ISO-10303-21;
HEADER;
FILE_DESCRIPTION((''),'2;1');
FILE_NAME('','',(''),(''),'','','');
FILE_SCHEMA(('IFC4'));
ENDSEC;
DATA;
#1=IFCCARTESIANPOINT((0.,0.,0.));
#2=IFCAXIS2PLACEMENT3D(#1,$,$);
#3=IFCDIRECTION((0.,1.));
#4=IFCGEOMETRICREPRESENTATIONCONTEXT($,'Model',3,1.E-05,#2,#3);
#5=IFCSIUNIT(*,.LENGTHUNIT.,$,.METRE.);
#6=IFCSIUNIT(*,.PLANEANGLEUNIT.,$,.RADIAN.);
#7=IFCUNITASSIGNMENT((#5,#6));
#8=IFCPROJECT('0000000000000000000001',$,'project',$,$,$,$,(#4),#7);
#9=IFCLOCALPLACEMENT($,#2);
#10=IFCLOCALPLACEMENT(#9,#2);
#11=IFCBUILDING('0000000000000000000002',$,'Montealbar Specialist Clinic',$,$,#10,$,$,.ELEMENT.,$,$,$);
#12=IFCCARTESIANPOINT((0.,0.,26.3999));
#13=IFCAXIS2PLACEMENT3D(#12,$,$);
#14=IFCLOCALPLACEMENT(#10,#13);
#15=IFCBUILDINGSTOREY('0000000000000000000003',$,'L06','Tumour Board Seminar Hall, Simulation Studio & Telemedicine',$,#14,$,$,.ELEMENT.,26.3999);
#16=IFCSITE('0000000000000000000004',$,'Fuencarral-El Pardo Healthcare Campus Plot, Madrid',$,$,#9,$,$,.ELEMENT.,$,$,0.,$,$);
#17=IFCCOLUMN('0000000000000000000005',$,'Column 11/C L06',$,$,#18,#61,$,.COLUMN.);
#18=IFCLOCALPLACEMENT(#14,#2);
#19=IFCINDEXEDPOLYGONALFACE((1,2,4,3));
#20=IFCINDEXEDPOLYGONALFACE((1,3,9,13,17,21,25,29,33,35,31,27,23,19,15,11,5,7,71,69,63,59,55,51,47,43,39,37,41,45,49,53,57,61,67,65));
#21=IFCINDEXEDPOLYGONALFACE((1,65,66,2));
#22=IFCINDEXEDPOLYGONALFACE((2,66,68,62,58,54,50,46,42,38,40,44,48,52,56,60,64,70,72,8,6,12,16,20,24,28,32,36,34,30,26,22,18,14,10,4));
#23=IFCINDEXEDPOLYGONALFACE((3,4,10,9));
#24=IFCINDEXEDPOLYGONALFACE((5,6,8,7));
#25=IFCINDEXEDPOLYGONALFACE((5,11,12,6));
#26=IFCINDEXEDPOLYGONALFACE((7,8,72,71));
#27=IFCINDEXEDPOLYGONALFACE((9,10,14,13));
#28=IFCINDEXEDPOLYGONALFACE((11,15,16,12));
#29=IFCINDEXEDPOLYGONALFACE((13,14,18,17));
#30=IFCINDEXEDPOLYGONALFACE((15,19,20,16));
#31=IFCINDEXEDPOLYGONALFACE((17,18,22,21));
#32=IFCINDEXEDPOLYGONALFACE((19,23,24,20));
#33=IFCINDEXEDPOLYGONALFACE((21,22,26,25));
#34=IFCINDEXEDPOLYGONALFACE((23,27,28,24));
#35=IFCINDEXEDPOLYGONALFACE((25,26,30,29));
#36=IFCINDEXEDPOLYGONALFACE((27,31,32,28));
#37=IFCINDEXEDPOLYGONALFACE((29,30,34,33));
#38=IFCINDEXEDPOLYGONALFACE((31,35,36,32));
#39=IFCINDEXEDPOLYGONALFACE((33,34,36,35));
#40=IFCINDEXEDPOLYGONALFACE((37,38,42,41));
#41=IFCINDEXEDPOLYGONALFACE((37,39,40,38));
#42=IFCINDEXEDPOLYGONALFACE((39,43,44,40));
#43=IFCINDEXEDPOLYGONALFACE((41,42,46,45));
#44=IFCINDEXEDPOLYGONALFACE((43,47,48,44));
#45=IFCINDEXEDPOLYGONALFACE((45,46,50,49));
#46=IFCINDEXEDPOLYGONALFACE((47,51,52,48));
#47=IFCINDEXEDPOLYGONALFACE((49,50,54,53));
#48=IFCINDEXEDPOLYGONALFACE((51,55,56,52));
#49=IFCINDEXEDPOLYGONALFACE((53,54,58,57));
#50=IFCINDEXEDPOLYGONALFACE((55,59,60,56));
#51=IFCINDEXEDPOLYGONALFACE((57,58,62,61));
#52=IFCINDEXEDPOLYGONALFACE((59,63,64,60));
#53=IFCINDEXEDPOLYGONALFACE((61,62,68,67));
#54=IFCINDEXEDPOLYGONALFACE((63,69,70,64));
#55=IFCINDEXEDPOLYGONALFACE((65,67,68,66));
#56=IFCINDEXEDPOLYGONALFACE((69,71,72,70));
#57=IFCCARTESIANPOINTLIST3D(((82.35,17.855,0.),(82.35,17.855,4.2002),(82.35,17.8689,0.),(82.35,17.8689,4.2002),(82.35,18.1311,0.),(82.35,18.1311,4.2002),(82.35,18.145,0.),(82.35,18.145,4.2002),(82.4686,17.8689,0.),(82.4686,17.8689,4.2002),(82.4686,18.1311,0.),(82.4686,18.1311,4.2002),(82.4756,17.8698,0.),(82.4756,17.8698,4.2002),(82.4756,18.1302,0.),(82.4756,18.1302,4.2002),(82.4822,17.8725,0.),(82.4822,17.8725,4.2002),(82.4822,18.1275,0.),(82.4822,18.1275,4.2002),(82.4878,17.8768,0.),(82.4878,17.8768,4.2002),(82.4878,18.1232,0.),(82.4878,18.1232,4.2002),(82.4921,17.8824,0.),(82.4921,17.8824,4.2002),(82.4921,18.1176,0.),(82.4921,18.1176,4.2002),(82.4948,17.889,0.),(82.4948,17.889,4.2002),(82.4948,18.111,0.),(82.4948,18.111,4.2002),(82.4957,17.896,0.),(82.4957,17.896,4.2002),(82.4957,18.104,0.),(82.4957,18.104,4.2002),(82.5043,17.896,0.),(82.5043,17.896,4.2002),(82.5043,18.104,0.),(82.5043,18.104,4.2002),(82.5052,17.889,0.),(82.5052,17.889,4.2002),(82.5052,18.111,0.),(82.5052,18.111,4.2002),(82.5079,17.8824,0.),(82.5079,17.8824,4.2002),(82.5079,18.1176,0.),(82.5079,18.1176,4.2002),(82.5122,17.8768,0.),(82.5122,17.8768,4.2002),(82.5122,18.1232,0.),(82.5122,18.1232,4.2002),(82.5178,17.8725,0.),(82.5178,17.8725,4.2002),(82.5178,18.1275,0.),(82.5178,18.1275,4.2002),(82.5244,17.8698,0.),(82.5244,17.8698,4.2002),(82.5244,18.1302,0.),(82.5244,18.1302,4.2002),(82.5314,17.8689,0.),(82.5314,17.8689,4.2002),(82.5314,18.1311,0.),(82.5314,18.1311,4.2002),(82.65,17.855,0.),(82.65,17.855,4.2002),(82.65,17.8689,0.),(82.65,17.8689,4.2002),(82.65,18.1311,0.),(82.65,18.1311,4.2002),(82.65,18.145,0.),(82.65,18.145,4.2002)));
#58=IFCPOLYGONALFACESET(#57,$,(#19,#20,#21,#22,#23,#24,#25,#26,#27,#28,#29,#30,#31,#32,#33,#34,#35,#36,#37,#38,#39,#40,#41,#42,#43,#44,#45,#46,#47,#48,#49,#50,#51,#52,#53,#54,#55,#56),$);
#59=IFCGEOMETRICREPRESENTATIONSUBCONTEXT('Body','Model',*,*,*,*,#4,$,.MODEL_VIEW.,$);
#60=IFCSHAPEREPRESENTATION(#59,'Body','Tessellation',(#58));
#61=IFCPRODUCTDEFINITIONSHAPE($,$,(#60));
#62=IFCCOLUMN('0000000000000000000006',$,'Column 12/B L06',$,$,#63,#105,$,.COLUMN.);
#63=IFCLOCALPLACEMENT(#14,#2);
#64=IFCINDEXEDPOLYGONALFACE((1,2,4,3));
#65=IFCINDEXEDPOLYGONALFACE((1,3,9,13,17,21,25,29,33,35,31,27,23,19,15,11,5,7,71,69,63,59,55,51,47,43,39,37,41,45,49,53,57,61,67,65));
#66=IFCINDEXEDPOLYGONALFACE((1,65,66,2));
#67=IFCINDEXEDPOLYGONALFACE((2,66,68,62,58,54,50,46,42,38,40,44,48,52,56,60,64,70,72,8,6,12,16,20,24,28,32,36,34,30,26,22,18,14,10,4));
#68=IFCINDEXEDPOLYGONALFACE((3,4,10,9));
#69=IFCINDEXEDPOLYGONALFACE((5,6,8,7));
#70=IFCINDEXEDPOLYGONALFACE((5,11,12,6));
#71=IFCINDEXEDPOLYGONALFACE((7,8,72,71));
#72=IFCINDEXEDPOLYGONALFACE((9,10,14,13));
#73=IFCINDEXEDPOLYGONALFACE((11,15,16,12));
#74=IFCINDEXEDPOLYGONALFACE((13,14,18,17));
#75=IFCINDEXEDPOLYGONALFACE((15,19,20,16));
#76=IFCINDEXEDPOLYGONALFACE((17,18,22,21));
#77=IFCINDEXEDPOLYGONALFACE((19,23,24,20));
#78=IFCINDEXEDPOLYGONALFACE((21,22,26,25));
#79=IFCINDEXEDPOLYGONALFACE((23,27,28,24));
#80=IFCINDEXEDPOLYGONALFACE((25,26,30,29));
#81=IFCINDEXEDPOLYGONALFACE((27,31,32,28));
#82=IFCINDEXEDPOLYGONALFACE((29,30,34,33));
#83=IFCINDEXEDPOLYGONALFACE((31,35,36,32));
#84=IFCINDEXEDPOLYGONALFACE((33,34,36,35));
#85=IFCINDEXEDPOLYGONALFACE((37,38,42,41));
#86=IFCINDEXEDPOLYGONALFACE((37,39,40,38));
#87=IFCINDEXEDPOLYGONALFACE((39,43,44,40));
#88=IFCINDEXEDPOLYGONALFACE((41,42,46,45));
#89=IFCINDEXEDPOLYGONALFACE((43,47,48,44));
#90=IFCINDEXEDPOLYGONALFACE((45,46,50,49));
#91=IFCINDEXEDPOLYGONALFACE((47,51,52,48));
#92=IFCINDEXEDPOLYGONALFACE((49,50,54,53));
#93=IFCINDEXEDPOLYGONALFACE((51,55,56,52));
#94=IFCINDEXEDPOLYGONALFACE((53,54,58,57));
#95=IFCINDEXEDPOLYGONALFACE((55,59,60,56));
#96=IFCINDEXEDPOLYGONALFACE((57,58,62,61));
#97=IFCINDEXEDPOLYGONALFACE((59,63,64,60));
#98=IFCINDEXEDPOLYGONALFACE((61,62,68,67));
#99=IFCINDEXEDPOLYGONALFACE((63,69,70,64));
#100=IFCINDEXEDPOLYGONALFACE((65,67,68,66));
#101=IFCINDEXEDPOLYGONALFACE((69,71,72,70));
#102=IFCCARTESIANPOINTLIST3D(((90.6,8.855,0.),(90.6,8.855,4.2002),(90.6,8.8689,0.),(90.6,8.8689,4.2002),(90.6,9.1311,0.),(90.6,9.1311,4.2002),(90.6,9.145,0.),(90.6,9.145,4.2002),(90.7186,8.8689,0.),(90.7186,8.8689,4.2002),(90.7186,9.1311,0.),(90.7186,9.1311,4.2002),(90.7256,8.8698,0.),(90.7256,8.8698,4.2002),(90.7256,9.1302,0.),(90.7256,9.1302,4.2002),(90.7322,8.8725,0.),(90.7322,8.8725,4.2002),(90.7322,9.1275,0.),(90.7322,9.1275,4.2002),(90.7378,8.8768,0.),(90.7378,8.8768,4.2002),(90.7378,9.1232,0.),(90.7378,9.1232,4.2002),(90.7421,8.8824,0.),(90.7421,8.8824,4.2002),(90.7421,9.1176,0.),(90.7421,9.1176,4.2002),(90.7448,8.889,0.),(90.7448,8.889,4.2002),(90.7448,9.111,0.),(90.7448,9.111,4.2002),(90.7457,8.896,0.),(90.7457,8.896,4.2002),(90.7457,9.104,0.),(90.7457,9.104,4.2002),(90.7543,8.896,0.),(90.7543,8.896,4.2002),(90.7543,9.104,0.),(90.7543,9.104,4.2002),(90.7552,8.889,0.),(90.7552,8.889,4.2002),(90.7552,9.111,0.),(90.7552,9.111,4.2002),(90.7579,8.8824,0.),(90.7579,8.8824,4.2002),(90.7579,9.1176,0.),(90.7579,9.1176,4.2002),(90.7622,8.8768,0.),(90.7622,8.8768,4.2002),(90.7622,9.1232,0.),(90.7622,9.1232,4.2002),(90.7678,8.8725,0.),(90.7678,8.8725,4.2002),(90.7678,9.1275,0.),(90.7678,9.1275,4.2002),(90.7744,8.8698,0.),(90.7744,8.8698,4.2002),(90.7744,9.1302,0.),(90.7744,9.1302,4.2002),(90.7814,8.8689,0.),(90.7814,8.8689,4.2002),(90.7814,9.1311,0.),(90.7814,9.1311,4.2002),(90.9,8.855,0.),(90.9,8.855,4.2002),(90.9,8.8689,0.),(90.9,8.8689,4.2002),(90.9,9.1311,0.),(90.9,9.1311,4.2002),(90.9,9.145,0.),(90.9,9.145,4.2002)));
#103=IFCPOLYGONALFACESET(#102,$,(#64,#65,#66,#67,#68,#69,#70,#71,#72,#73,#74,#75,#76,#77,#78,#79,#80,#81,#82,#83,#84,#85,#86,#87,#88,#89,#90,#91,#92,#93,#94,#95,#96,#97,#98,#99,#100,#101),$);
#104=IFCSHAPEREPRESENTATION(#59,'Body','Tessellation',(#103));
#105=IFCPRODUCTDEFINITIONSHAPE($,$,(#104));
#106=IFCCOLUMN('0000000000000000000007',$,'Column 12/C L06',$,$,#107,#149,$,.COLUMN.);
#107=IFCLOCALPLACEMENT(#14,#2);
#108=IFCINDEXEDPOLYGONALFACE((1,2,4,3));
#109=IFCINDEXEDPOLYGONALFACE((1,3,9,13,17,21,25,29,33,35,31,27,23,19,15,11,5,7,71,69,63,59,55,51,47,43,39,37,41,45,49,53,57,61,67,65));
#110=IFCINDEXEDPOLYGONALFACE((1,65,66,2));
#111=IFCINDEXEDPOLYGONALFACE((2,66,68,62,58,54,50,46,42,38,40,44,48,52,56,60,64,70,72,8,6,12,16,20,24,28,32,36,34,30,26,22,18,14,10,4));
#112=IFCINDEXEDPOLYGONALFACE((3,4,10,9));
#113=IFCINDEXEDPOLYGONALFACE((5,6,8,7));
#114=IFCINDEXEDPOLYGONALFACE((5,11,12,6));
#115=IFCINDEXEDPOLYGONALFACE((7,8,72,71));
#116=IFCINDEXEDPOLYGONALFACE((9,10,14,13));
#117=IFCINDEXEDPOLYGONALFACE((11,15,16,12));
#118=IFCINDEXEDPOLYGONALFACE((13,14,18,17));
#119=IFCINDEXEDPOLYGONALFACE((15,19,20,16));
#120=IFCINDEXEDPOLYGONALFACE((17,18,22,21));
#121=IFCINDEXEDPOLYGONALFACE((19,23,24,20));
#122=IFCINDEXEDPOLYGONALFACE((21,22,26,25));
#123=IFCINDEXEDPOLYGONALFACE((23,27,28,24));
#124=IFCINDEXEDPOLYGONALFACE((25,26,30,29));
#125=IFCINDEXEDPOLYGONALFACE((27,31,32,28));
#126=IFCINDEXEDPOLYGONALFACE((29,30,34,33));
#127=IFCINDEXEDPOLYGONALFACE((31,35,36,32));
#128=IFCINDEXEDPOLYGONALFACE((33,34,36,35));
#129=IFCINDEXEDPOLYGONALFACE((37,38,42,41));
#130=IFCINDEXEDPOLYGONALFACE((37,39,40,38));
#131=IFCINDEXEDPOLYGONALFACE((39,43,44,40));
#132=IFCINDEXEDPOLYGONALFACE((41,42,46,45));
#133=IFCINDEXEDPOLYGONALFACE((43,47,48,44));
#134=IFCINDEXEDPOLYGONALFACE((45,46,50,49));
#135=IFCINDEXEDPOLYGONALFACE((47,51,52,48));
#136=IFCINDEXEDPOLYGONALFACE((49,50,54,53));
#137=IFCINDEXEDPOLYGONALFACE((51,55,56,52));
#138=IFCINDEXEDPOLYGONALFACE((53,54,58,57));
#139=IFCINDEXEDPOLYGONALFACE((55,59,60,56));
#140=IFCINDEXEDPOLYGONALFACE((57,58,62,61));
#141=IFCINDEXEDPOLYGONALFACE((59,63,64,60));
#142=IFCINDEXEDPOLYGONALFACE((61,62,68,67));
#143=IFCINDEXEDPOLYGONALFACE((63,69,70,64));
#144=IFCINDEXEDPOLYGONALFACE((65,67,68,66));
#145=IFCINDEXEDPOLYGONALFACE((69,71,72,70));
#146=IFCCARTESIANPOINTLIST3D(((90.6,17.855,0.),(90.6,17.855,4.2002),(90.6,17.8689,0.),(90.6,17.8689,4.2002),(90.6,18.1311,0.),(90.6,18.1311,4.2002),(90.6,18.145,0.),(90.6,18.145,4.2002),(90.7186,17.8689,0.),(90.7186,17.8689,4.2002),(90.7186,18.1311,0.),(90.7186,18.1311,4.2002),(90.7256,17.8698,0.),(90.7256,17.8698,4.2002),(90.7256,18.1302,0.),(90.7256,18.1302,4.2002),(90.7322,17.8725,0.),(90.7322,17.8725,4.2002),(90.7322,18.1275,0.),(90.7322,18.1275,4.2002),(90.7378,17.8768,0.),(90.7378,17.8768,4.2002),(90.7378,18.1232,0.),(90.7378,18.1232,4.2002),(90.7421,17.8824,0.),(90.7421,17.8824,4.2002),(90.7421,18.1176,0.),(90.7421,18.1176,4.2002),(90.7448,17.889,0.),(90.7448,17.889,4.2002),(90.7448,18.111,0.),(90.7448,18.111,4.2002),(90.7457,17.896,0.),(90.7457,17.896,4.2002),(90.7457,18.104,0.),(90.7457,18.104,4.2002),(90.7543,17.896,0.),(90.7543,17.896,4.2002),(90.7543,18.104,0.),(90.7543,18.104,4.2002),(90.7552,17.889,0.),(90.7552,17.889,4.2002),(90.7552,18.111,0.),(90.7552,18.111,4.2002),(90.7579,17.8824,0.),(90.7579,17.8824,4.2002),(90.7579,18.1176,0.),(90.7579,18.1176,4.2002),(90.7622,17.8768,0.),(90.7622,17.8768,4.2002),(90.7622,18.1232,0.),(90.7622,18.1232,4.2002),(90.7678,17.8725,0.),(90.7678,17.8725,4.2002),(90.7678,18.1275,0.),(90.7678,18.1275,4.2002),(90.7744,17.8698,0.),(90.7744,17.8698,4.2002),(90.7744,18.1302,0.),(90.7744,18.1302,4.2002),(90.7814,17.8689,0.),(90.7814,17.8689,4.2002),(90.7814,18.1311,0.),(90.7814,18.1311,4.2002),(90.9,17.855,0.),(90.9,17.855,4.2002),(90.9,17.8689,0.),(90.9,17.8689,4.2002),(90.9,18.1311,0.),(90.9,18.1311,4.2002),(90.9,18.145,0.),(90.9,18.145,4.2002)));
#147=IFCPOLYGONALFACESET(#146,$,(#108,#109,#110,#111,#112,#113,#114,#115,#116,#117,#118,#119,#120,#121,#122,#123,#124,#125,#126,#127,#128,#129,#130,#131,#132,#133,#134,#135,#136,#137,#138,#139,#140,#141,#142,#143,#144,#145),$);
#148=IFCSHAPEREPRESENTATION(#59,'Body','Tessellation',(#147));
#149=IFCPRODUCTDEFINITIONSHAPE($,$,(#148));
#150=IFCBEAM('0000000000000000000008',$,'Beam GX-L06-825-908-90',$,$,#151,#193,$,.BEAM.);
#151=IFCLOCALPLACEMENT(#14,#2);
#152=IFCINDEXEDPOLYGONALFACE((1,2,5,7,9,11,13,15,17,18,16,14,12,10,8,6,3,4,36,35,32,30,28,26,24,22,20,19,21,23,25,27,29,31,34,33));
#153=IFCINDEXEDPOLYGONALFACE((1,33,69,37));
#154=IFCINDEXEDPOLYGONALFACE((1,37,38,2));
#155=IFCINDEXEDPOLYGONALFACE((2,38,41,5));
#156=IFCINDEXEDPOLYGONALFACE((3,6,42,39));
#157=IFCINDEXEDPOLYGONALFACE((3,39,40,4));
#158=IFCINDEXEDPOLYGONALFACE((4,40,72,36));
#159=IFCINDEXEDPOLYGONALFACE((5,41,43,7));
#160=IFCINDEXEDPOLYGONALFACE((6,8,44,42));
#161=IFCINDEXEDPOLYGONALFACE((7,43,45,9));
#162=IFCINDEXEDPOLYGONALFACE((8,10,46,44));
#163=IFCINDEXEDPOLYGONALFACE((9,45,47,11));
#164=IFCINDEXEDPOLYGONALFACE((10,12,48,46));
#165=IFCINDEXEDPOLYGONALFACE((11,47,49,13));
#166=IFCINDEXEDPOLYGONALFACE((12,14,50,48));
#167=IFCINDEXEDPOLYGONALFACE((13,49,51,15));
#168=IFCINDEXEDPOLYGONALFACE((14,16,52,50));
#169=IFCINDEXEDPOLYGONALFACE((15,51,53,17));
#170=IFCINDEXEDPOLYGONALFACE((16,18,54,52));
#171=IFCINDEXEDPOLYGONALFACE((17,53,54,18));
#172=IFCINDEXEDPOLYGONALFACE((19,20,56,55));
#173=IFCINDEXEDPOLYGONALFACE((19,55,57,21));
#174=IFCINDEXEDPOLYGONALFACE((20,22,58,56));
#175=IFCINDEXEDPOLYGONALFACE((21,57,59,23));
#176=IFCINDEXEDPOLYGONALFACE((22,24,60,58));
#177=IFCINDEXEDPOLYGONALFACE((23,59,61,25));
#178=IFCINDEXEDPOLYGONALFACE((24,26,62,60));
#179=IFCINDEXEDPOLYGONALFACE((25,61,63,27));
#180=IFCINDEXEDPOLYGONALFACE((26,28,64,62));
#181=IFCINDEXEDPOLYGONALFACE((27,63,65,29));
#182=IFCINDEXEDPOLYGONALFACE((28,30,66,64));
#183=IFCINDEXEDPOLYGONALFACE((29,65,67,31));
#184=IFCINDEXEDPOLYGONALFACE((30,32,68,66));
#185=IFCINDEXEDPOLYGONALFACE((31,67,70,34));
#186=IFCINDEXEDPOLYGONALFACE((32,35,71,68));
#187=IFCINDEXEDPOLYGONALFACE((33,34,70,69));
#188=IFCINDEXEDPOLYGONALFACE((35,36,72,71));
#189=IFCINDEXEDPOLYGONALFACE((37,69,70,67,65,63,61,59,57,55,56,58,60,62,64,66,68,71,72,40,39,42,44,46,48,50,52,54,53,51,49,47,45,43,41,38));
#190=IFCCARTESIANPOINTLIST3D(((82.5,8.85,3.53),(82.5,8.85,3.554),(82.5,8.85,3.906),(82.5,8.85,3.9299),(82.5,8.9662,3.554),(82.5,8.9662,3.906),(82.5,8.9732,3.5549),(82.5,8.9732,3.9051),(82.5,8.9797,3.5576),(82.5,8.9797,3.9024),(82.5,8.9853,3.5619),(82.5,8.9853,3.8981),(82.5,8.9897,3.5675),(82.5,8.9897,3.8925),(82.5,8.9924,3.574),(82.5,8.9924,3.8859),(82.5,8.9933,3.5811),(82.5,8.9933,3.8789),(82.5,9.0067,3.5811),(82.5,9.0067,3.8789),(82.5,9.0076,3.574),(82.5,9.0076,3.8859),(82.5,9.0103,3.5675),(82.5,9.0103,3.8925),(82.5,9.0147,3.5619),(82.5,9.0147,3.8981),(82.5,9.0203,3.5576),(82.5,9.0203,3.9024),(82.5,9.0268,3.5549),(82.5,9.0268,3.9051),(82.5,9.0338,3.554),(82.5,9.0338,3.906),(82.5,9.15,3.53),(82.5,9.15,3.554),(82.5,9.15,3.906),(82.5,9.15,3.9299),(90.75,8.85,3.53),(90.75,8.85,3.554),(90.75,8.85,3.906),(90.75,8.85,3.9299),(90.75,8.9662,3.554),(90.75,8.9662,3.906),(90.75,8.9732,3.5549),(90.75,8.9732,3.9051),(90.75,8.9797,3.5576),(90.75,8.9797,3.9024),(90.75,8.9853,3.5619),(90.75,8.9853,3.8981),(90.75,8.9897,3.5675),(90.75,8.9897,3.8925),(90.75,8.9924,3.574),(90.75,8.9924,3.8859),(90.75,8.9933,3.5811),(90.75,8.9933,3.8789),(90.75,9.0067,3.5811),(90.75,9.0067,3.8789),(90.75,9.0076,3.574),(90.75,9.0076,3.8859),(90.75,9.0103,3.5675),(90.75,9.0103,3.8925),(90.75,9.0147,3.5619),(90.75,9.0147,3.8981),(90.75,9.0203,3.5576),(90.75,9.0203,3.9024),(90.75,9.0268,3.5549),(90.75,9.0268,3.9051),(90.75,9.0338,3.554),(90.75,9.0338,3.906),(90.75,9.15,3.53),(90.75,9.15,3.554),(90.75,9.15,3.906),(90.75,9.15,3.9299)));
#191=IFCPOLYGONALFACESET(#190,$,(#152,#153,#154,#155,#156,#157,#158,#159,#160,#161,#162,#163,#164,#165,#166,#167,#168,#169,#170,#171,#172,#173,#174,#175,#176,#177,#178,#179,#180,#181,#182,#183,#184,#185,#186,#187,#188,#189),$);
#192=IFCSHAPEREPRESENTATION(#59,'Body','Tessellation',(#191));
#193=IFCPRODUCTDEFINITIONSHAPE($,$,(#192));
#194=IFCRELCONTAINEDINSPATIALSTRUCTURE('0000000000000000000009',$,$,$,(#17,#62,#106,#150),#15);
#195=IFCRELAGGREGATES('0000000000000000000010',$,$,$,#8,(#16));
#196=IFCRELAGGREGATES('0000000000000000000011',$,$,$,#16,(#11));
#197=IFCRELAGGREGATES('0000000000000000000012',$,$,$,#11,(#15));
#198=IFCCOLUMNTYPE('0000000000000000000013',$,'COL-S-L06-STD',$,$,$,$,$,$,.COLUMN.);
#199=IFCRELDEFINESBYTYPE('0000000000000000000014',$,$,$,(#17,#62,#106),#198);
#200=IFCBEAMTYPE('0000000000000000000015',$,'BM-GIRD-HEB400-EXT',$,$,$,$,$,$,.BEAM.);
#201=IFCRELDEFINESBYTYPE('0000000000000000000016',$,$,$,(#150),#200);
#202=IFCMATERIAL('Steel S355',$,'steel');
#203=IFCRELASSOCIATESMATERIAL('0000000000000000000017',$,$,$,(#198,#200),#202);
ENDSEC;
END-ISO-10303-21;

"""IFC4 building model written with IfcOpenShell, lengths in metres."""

from ifc_helpers import new_model, si_unit, direction, frame, origin, origin_2d, place, context, subcontext, project, spatial, i_section, extrude, material, material_profile, profile_set, type_object, element, save


model = new_model("IFC4")

# Units and contexts
model_context = context("Model", 3, precision=1e-05, world=origin(), true_north=direction((0.0, 1.0)))
body_context = subcontext(model_context, "Body", "Model", "MODEL_VIEW")
ifc_project = project(units=[si_unit("LENGTHUNIT", "METRE"), si_unit("PLANEANGLEUNIT", "RADIAN")], contexts=[model_context])

# Site, building, storey
site_placement = place(None, origin())
site = spatial("IfcSite", under=ifc_project, at=site_placement, Name="Fuencarral-El Pardo Healthcare Campus Plot, Madrid", CompositionType="ELEMENT", RefElevation=0.0)
building_placement = place(site_placement, origin())
building = spatial("IfcBuilding", under=site, at=building_placement, Name="Montealbar Specialist Clinic", CompositionType="ELEMENT")
storey_placement = place(building_placement, frame((0.0, 0.0, 26.3999)))
storey = spatial("IfcBuildingStorey", under=building, at=storey_placement, Name="L06", Description="Tumour Board Seminar Hall, Simulation Studio & Telemedicine", CompositionType="ELEMENT", Elevation=26.3999)

# Columns
ifc_material_1 = material(Name="Steel S355", Category="steel")
ifc_material_profile_1 = material_profile(ifc_material_1, i_section(OverallWidth=0.3, OverallDepth=0.29, WebThickness=0.0085, FlangeThickness=0.0139, FilletRadius=0.0271, at=origin_2d()), Name="HEA 300", Category="steel")
ifc_profile_set_1 = profile_set([ifc_material_profile_1], Name="Steel S355")
column_type = type_object("IfcColumnType", Name="COL-S-L06-STD", PredefinedType="COLUMN", material=ifc_profile_set_1)
for number, where, z_axis, x_axis, name in (
    (1, (82.5, 18.0, 0.0), (0.0, 0.0, 1.0), (1.0, 0.0, 0.0), "Column 11/C L06"),
    (2, (90.75, 9.0, 0.0), (0.0, 0.0, 1.0), (1.0, 0.0, 0.0), "Column 12/B L06"),
    (3, (90.75, 18.0, 0.0), (0.0, 0.0, 1.0), (1.0, 0.0, 0.0), "Column 12/C L06"),
):
    element("IfcColumn", number, at=place(storey_placement, frame(where, z_axis=z_axis, x_axis=x_axis)), inside=storey, type_object=column_type, Name=name, PredefinedType="COLUMN", context=body_context, shape_type="SweptSolid", body=[
        extrude(i_section(OverallWidth=0.3, OverallDepth=0.29, WebThickness=0.0085, FlangeThickness=0.0139, FilletRadius=0.0271, at=origin_2d()), origin(), (0.0, 0.0, 1.0), 4.2002),
    ])

# Beam
ifc_material_profile_2 = material_profile(ifc_material_1, i_section(OverallWidth=0.3, OverallDepth=0.3999, WebThickness=0.0134, FlangeThickness=0.0239, FilletRadius=0.0271, at=origin_2d()), Name="HEB 400", Category="steel")
ifc_profile_set_2 = profile_set([ifc_material_profile_2], Name="Steel S355")
beam_type_1 = type_object("IfcBeamType", Name="BM-GIRD-HEB400-EXT", PredefinedType="BEAM", material=ifc_profile_set_2)
for number, where, z_axis, x_axis, name in (
    (4, (82.5, 9.0, 3.73), (1.0, 0.0, 0.0), (0.0, 1.0, 0.0), "Beam GX-L06-825-908-90"),
):
    element("IfcBeam", number, at=place(storey_placement, frame(where, z_axis=z_axis, x_axis=x_axis)), inside=storey, type_object=beam_type_1, Name=name, PredefinedType="BEAM", context=body_context, shape_type="SweptSolid", body=[
        extrude(i_section(OverallWidth=0.3, OverallDepth=0.3999, WebThickness=0.0134, FlangeThickness=0.0239, FilletRadius=0.0271, at=origin_2d()), origin(), (0.0, 0.0, 1.0), 8.25),
    ])

save(model, "model.ifc")
